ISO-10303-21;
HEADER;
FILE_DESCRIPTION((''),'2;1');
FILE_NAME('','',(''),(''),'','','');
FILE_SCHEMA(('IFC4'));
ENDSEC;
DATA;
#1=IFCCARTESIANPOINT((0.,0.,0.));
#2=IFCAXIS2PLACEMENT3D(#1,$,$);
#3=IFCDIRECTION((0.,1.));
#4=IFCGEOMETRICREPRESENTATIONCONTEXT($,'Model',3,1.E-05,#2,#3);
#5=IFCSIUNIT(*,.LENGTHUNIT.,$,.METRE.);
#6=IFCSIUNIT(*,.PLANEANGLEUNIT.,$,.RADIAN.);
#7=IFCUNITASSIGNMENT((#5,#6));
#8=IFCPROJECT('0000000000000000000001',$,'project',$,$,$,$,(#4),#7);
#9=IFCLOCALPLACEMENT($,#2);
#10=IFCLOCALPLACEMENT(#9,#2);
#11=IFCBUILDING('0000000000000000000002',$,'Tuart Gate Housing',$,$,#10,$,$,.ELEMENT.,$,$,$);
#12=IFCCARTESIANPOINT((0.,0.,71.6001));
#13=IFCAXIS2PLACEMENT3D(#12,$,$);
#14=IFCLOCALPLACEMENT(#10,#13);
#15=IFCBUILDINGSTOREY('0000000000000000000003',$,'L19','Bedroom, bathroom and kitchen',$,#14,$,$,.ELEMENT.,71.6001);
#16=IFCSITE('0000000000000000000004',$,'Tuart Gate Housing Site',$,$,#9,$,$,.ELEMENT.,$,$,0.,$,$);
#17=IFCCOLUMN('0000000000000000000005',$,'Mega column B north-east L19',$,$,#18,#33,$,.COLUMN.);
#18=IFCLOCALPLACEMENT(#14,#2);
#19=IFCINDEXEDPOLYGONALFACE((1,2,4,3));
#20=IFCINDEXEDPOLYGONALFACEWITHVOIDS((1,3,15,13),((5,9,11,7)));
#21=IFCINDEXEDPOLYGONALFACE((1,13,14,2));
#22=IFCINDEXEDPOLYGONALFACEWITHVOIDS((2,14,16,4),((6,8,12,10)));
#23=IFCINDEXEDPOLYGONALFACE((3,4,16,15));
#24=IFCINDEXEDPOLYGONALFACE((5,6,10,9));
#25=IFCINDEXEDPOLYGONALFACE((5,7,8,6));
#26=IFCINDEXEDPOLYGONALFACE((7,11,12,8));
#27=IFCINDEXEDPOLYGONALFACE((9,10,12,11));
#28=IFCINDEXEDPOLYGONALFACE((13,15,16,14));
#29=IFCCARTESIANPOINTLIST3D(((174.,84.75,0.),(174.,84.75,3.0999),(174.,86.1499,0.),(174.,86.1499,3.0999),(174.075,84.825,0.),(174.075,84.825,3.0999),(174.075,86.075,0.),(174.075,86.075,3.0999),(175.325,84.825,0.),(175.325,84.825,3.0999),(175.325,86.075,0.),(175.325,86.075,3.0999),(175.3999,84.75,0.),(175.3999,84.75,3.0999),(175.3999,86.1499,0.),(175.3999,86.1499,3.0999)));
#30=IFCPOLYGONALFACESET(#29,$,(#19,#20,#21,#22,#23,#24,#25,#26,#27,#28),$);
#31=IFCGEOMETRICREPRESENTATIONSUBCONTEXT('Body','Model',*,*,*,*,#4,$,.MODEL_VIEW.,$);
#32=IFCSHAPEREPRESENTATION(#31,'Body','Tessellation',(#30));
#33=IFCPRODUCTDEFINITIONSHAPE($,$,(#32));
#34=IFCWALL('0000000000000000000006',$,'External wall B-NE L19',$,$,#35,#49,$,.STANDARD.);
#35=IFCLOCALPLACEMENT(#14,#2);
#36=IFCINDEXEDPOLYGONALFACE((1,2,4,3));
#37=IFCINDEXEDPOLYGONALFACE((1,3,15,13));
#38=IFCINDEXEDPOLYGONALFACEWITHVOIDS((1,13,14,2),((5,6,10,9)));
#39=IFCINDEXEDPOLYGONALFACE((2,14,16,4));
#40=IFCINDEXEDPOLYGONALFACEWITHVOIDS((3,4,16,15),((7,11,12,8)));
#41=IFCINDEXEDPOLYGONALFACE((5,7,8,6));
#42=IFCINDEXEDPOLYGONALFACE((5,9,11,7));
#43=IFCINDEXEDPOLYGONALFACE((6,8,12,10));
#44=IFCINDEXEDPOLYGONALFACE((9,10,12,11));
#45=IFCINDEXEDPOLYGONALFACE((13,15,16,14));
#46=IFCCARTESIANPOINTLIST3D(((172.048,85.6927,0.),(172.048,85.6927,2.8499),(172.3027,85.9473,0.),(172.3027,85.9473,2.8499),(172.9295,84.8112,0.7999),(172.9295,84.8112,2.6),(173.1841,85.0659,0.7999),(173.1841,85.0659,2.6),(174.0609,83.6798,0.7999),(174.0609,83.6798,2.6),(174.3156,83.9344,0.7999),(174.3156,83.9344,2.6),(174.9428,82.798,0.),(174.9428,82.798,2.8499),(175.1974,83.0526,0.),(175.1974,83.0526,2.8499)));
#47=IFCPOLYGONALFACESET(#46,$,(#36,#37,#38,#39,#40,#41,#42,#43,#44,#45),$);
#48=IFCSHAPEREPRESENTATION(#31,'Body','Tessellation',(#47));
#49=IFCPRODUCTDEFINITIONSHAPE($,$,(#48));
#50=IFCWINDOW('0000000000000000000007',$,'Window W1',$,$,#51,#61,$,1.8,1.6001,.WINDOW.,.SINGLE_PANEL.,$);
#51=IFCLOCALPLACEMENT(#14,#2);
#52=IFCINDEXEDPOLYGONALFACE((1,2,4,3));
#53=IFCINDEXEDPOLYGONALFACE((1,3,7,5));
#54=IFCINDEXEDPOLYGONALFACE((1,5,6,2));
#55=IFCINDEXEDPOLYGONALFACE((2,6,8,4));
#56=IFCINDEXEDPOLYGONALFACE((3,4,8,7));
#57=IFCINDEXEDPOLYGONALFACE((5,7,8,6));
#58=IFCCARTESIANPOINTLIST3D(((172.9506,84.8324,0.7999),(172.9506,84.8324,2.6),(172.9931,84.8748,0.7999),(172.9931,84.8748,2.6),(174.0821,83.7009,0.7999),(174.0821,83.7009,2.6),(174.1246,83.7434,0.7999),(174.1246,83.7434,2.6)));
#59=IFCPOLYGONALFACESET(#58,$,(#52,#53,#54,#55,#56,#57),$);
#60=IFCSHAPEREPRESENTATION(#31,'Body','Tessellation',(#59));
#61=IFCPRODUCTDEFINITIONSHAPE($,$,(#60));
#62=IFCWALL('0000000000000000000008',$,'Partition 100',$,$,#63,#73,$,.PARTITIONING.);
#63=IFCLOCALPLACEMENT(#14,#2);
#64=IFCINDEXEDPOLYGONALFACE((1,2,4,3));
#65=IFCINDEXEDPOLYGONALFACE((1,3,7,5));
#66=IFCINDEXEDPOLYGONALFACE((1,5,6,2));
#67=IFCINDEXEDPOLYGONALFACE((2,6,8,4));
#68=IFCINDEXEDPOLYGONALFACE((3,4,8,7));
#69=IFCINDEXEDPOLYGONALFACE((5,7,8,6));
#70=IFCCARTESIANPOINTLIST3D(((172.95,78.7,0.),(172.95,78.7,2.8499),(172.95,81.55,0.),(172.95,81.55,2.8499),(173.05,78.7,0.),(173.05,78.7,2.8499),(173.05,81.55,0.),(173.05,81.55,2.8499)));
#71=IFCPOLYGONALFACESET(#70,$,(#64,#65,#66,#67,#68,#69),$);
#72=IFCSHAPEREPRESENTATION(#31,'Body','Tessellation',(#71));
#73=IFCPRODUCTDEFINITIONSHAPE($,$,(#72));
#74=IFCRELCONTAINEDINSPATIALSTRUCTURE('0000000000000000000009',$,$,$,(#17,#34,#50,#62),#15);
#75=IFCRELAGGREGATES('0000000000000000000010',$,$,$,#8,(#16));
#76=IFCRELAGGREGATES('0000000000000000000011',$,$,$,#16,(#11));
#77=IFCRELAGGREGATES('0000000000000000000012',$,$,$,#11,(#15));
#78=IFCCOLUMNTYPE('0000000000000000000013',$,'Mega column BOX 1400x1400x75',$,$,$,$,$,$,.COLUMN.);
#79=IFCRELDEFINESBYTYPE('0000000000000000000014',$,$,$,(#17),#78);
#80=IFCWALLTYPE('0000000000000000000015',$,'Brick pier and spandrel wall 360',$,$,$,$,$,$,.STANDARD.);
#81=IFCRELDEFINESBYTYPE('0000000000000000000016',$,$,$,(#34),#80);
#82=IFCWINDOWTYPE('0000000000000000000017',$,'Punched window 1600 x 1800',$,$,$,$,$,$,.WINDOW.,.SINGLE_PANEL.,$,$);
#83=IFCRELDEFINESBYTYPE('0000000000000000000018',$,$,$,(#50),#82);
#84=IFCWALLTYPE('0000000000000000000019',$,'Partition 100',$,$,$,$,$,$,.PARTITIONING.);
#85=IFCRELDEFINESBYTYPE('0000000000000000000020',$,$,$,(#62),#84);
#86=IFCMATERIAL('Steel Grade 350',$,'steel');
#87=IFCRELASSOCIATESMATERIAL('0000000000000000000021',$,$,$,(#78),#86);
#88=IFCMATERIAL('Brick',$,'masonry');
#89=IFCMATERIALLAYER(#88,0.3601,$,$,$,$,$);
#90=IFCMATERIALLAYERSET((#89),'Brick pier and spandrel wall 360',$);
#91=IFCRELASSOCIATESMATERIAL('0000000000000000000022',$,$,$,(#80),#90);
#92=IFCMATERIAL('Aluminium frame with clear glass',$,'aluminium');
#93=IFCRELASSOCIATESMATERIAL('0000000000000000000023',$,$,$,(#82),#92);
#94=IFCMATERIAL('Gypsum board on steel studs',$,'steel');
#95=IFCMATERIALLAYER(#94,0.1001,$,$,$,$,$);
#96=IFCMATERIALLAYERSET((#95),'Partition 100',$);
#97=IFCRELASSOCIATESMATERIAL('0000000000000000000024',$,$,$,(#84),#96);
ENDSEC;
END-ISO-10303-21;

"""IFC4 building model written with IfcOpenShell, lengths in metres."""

from ifc_helpers import new_model, si_unit, direction, frame, frame_2d, origin, origin_2d, place, context, subcontext, project, spatial, rectangle, hollow_rectangle, extrude, material, layer, layer_set, material_profile, profile_set, type_object, element, fill, save


model = new_model("IFC4")

# Units and contexts
model_context = context("Model", 3, precision=1e-05, world=origin(), true_north=direction((0.0, 1.0)))
body_context = subcontext(model_context, "Body", "Model", "MODEL_VIEW")
ifc_project = project(units=[si_unit("LENGTHUNIT", "METRE"), si_unit("PLANEANGLEUNIT", "RADIAN")], contexts=[model_context])

# Site, building, storey
site_placement = place(None, origin())
site = spatial("IfcSite", under=ifc_project, at=site_placement, Name="Tuart Gate Housing Site", CompositionType="ELEMENT", RefElevation=0.0)
building_placement = place(site_placement, origin())
building = spatial("IfcBuilding", under=site, at=building_placement, Name="Tuart Gate Housing", CompositionType="ELEMENT")
storey_placement = place(building_placement, frame((0.0, 0.0, 71.6001)))
storey = spatial("IfcBuildingStorey", under=building, at=storey_placement, Name="L19", Description="Bedroom, bathroom and kitchen", CompositionType="ELEMENT", Elevation=71.6001)

# Column
ifc_material_1 = material(Name="Steel Grade 350", Category="steel")
ifc_material_profile = material_profile(ifc_material_1, hollow_rectangle(XDim=1.3999, YDim=1.3999, WallThickness=0.075, at=origin_2d()), Name="BOX 1400x1400x75")
ifc_profile_set = profile_set([ifc_material_profile], Name="Steel Grade 350")
column_type = type_object("IfcColumnType", Name="Mega column BOX 1400x1400x75", PredefinedType="COLUMN", material=ifc_profile_set)
column_placement = place(storey_placement, frame((174.7, 85.45, 0.0), z_axis=(0.0, 0.0, 1.0), x_axis=(1.0, 0.0, 0.0)))
element("IfcColumn", 1, at=column_placement, inside=storey, type_object=column_type, Name="Mega column B north-east L19", PredefinedType="COLUMN", context=body_context, shape_type="SweptSolid", body=[
    extrude(hollow_rectangle(XDim=1.3999, YDim=1.3999, WallThickness=0.075, at=origin_2d()), origin(), (0.0, 0.0, 1.0), 3.0999),
])

# Wall, opening, window
ifc_material_2 = material(Name="Brick", Category="masonry")
ifc_layer_1 = layer(ifc_material_2, 0.3601)
ifc_layer_set_1 = layer_set([ifc_layer_1], Name="Brick pier and spandrel wall 360")
wall_type_1 = type_object("IfcWallType", Name="Brick pier and spandrel wall 360", PredefinedType="STANDARD", material=ifc_layer_set_1)
wall_1_placement = place(storey_placement, frame((175.0701, 82.9253, 0.0), z_axis=(0.0, 0.0, 1.0), x_axis=(-0.707107, 0.707107, 0.0)))
wall_1 = element("IfcWall", 2, at=wall_1_placement, inside=storey, type_object=wall_type_1, Name="External wall B-NE L19", PredefinedType="STANDARD", context=body_context, shape_type="SweptSolid", body=[
    extrude(rectangle(XDim=4.0938, YDim=0.3601, at=frame_2d((2.0469, 0.0))), origin(), (0.0, 0.0, 1.0), 2.8499),
])
opening_1_placement = place(wall_1_placement, frame((1.2471, 0.0, 0.8)))
opening_1 = element("IfcOpeningElement", 3, at=opening_1_placement, cuts=wall_1, PredefinedType="OPENING", context=body_context, shape_type="SweptSolid", body=[
    extrude(rectangle(XDim=1.6001, YDim=1.8, at=frame_2d((0.8, 0.8999))), frame((0.0, 0.1899, 0.0), z_axis=(0.0, -1.0, 0.0), x_axis=(1.0, 0.0, 0.0)), (0.0, 0.0, 1.0), 0.3801),
])
ifc_material_3 = material(Name="Aluminium frame with clear glass", Category="aluminium")
window_type_1 = type_object("IfcWindowType", Name="Punched window 1600 x 1800", PartitioningType="SINGLE_PANEL", PredefinedType="WINDOW", material=ifc_material_3)
window_1_placement = place(opening_1_placement, origin())
window_1 = element("IfcWindow", 4, at=window_1_placement, inside=storey, type_object=window_type_1, Name="Window W1", OverallHeight=1.8, OverallWidth=1.6001, PartitioningType="SINGLE_PANEL", PredefinedType="WINDOW", context=body_context, shape_type="SweptSolid", body=[
    extrude(rectangle(XDim=1.6001, YDim=1.8, at=frame_2d((0.8, 0.8999))), frame((0.0, 0.1501, 0.0), z_axis=(0.0, -1.0, 0.0), x_axis=(1.0, 0.0, 0.0)), (0.0, 0.0, 1.0), 0.0601),
])
fill(opening_1, window_1)

# Wall
ifc_material_4 = material(Name="Gypsum board on steel studs", Category="steel")
ifc_layer_2 = layer(ifc_material_4, 0.1001)
ifc_layer_set_2 = layer_set([ifc_layer_2], Name="Partition 100")
wall_type_2 = type_object("IfcWallType", Name="Partition 100", PredefinedType="PARTITIONING", material=ifc_layer_set_2)
wall_2_placement = place(storey_placement, frame((173.0, 78.7, 0.0), z_axis=(0.0, 0.0, 1.0), x_axis=(0.0, 1.0, 0.0)))
element("IfcWall", 5, at=wall_2_placement, inside=storey, type_object=wall_type_2, Name="Partition 100", PredefinedType="PARTITIONING", context=body_context, shape_type="SweptSolid", body=[
    extrude(rectangle(XDim=2.8501, YDim=0.1001, at=frame_2d((1.425, 0.0))), origin(), (0.0, 0.0, 1.0), 2.8499),
])

save(model, "model.ifc")
